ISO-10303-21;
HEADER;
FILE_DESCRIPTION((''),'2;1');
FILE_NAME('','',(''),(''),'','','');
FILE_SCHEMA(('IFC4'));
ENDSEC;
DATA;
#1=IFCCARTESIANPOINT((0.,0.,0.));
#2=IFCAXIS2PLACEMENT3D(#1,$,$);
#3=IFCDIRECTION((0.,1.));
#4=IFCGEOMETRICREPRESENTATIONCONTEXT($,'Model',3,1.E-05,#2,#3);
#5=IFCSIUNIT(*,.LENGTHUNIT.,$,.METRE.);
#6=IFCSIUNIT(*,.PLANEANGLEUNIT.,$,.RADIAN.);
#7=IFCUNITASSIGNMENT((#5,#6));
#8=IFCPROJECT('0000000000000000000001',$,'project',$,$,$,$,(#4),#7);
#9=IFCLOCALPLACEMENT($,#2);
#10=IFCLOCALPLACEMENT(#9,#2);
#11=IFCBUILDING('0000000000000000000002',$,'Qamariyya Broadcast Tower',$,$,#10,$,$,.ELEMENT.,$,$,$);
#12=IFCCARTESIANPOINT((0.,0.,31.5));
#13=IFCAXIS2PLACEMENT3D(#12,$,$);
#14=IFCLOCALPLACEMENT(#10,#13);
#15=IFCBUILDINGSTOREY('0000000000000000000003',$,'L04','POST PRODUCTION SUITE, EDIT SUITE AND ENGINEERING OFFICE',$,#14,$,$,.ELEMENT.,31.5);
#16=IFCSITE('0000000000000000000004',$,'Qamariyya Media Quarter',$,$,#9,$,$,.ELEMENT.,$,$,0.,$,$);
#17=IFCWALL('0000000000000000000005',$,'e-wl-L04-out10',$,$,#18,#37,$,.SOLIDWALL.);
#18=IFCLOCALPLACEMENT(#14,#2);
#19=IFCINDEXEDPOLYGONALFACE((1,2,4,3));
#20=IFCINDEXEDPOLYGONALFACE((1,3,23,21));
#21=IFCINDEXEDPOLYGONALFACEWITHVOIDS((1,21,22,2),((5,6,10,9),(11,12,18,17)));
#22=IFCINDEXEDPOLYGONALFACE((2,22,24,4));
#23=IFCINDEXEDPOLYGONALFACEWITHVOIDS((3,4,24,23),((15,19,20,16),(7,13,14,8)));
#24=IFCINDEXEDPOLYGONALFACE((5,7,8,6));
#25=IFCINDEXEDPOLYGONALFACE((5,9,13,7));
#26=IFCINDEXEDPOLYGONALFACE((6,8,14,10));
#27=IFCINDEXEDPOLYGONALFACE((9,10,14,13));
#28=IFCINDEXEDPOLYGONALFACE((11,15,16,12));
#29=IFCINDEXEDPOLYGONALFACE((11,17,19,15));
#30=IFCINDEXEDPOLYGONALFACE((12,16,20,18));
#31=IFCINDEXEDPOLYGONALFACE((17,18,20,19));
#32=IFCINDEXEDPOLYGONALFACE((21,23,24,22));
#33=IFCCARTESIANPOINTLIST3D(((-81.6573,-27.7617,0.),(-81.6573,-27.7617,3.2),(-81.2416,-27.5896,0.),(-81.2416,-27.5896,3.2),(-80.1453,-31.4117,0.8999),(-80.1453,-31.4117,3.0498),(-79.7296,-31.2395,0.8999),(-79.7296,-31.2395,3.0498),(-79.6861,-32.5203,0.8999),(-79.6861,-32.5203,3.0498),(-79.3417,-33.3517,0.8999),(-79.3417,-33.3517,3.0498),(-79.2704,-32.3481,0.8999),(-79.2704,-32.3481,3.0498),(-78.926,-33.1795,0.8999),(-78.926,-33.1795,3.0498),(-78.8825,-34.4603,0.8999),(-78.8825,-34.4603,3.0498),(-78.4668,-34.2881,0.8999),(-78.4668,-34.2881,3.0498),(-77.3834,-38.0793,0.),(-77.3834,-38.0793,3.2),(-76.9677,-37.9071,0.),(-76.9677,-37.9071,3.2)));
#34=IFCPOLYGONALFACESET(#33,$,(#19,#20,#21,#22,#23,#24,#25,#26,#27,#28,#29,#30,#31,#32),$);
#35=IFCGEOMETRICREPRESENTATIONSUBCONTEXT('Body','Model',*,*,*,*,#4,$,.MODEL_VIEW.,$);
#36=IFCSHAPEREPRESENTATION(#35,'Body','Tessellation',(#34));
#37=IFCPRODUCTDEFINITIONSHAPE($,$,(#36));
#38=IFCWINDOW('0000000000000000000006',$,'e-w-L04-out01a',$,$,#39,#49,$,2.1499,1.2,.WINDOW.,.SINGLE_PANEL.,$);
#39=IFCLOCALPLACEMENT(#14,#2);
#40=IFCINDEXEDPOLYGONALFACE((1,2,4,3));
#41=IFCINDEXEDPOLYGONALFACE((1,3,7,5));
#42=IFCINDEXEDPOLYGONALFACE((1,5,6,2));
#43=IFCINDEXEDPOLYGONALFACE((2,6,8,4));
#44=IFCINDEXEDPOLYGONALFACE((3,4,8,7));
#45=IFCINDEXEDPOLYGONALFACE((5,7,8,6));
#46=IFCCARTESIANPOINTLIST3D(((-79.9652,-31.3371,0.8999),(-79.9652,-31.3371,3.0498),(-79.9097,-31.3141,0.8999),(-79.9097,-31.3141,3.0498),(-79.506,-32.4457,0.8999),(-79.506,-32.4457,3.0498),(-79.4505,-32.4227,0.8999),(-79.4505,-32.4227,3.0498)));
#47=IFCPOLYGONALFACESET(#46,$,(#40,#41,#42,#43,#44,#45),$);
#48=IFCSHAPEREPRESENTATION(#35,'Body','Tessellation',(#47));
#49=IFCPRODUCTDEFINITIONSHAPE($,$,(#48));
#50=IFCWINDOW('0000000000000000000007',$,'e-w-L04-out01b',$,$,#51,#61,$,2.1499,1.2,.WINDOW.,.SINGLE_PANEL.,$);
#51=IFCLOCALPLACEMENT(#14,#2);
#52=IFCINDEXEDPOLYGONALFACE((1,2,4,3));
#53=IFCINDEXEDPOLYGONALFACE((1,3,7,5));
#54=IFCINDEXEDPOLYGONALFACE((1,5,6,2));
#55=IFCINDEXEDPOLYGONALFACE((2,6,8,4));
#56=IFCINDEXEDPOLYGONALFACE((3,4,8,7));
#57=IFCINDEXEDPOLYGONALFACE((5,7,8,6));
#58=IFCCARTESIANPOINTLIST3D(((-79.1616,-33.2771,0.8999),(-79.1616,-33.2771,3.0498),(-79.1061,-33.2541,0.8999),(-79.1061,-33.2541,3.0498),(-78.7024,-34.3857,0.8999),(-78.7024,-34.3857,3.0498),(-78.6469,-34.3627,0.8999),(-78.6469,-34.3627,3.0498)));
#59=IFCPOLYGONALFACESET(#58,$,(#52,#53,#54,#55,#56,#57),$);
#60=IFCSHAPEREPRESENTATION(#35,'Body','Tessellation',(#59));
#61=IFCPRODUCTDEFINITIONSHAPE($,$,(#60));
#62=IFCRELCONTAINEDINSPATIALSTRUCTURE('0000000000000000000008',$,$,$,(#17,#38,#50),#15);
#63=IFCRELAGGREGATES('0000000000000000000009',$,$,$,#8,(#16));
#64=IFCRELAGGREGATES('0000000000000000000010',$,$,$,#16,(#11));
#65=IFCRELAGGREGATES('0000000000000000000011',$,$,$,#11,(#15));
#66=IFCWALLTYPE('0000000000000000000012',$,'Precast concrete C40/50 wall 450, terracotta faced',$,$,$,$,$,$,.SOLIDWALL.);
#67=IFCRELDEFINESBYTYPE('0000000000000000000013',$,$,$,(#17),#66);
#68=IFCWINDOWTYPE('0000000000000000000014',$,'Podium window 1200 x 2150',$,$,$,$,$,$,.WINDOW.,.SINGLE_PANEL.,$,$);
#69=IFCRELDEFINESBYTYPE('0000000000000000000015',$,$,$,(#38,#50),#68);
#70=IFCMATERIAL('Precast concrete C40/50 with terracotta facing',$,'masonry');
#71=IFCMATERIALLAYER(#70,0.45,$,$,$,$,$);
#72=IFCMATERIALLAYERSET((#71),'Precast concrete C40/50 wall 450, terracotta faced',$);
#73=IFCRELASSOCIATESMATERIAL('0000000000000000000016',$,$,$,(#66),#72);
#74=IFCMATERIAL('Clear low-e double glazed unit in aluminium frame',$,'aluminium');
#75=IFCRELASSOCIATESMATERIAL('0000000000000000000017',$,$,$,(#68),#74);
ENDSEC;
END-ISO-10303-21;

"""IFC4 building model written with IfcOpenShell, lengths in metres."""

from ifc_helpers import new_model, si_unit, direction, frame, frame_2d, origin, place, context, subcontext, project, spatial, rectangle, extrude, material, layer, layer_set, type_object, element, fill, save


model = new_model("IFC4")

# Units and contexts
model_context = context("Model", 3, precision=1e-05, world=origin(), true_north=direction((0.0, 1.0)))
body_context = subcontext(model_context, "Body", "Model", "MODEL_VIEW")
ifc_project = project(units=[si_unit("LENGTHUNIT", "METRE"), si_unit("PLANEANGLEUNIT", "RADIAN")], contexts=[model_context])

# Site, building, storey
site_placement = place(None, origin())
site = spatial("IfcSite", under=ifc_project, at=site_placement, Name="Qamariyya Media Quarter", CompositionType="ELEMENT", RefElevation=0.0)
building_placement = place(site_placement, origin())
building = spatial("IfcBuilding", under=site, at=building_placement, Name="Qamariyya Broadcast Tower", CompositionType="ELEMENT")
storey_placement = place(building_placement, frame((0.0, 0.0, 31.5)))
storey = spatial("IfcBuildingStorey", under=building, at=storey_placement, Name="L04", Description="POST PRODUCTION SUITE, EDIT SUITE AND ENGINEERING OFFICE", CompositionType="ELEMENT", Elevation=31.5)

# Shared definitions
ifc_material_1 = material(Name="Precast concrete C40/50 with terracotta facing", Category="masonry")
ifc_layer = layer(ifc_material_1, 0.45)
ifc_layer_set = layer_set([ifc_layer], Name="Precast concrete C40/50 wall 450, terracotta faced")
wall_type = type_object("IfcWallType", Name="Precast concrete C40/50 wall 450, terracotta faced", PredefinedType="SOLIDWALL", material=ifc_layer_set)

# Wall, openings, windows
wall_1_placement = place(storey_placement, frame((-81.4495, -27.6755, 0.0), z_axis=(0.0, 0.0, 1.0), x_axis=(0.382701, -0.923872, 0.0)))
wall_1 = element("IfcWall", 1, at=wall_1_placement, inside=storey, type_object=wall_type, Name="e-wl-L04-out10", PredefinedType="SOLIDWALL", context=body_context, shape_type="SweptSolid", body=[
    extrude(rectangle(XDim=11.1677, YDim=0.45, at=frame_2d((5.584, 0.0))), origin(), (0.0, 0.0, 1.0), 3.2),
])
opening_1_placement = place(wall_1_placement, frame((3.9507, 0.0, 0.8999)))
opening_1 = element("IfcOpeningElement", 2, at=opening_1_placement, cuts=wall_1, PredefinedType="OPENING", context=body_context, shape_type="SweptSolid", body=[
    extrude(rectangle(XDim=1.2, YDim=2.1499, at=frame_2d((0.6001, 1.075))), frame((0.0, 0.2349, 0.0), z_axis=(0.0, -1.0, 0.0), x_axis=(1.0, 0.0, 0.0)), (0.0, 0.0, 1.0), 0.47),
])
opening_2_placement = place(wall_1_placement, frame((6.0505, 0.0, 0.8999)))
opening_2 = element("IfcOpeningElement", 3, at=opening_2_placement, cuts=wall_1, PredefinedType="OPENING", context=body_context, shape_type="SweptSolid", body=[
    extrude(rectangle(XDim=1.2, YDim=2.1499, at=frame_2d((0.6001, 1.075))), frame((0.0, 0.2349, 0.0), z_axis=(0.0, -1.0, 0.0), x_axis=(1.0, 0.0, 0.0)), (0.0, 0.0, 1.0), 0.47),
])
ifc_material_2 = material(Name="Clear low-e double glazed unit in aluminium frame", Category="aluminium")
window_type = type_object("IfcWindowType", Name="Podium window 1200 x 2150", PartitioningType="SINGLE_PANEL", PredefinedType="WINDOW", material=ifc_material_2)
window_1_placement = place(opening_1_placement, origin())
window_1 = element("IfcWindow", 4, at=window_1_placement, inside=storey, type_object=window_type, Name="e-w-L04-out01a", OverallHeight=2.1499, OverallWidth=1.2, PartitioningType="SINGLE_PANEL", PredefinedType="WINDOW", context=body_context, shape_type="SweptSolid", body=[
    extrude(rectangle(XDim=1.2, YDim=2.1499, at=frame_2d((0.6001, 1.075))), frame((0.0, 0.03, 0.0), z_axis=(0.0, -1.0, 0.0), x_axis=(1.0, 0.0, 0.0)), (0.0, 0.0, 1.0), 0.0601),
])
fill(opening_1, window_1)
window_2_placement = place(opening_2_placement, origin())
window_2 = element("IfcWindow", 5, at=window_2_placement, inside=storey, type_object=window_type, Name="e-w-L04-out01b", OverallHeight=2.1499, OverallWidth=1.2, PartitioningType="SINGLE_PANEL", PredefinedType="WINDOW", context=body_context, shape_type="SweptSolid", body=[
    extrude(rectangle(XDim=1.2, YDim=2.1499, at=frame_2d((0.6001, 1.075))), frame((0.0, 0.03, 0.0), z_axis=(0.0, -1.0, 0.0), x_axis=(1.0, 0.0, 0.0)), (0.0, 0.0, 1.0), 0.0601),
])
fill(opening_2, window_2)

save(model, "model.ifc")
